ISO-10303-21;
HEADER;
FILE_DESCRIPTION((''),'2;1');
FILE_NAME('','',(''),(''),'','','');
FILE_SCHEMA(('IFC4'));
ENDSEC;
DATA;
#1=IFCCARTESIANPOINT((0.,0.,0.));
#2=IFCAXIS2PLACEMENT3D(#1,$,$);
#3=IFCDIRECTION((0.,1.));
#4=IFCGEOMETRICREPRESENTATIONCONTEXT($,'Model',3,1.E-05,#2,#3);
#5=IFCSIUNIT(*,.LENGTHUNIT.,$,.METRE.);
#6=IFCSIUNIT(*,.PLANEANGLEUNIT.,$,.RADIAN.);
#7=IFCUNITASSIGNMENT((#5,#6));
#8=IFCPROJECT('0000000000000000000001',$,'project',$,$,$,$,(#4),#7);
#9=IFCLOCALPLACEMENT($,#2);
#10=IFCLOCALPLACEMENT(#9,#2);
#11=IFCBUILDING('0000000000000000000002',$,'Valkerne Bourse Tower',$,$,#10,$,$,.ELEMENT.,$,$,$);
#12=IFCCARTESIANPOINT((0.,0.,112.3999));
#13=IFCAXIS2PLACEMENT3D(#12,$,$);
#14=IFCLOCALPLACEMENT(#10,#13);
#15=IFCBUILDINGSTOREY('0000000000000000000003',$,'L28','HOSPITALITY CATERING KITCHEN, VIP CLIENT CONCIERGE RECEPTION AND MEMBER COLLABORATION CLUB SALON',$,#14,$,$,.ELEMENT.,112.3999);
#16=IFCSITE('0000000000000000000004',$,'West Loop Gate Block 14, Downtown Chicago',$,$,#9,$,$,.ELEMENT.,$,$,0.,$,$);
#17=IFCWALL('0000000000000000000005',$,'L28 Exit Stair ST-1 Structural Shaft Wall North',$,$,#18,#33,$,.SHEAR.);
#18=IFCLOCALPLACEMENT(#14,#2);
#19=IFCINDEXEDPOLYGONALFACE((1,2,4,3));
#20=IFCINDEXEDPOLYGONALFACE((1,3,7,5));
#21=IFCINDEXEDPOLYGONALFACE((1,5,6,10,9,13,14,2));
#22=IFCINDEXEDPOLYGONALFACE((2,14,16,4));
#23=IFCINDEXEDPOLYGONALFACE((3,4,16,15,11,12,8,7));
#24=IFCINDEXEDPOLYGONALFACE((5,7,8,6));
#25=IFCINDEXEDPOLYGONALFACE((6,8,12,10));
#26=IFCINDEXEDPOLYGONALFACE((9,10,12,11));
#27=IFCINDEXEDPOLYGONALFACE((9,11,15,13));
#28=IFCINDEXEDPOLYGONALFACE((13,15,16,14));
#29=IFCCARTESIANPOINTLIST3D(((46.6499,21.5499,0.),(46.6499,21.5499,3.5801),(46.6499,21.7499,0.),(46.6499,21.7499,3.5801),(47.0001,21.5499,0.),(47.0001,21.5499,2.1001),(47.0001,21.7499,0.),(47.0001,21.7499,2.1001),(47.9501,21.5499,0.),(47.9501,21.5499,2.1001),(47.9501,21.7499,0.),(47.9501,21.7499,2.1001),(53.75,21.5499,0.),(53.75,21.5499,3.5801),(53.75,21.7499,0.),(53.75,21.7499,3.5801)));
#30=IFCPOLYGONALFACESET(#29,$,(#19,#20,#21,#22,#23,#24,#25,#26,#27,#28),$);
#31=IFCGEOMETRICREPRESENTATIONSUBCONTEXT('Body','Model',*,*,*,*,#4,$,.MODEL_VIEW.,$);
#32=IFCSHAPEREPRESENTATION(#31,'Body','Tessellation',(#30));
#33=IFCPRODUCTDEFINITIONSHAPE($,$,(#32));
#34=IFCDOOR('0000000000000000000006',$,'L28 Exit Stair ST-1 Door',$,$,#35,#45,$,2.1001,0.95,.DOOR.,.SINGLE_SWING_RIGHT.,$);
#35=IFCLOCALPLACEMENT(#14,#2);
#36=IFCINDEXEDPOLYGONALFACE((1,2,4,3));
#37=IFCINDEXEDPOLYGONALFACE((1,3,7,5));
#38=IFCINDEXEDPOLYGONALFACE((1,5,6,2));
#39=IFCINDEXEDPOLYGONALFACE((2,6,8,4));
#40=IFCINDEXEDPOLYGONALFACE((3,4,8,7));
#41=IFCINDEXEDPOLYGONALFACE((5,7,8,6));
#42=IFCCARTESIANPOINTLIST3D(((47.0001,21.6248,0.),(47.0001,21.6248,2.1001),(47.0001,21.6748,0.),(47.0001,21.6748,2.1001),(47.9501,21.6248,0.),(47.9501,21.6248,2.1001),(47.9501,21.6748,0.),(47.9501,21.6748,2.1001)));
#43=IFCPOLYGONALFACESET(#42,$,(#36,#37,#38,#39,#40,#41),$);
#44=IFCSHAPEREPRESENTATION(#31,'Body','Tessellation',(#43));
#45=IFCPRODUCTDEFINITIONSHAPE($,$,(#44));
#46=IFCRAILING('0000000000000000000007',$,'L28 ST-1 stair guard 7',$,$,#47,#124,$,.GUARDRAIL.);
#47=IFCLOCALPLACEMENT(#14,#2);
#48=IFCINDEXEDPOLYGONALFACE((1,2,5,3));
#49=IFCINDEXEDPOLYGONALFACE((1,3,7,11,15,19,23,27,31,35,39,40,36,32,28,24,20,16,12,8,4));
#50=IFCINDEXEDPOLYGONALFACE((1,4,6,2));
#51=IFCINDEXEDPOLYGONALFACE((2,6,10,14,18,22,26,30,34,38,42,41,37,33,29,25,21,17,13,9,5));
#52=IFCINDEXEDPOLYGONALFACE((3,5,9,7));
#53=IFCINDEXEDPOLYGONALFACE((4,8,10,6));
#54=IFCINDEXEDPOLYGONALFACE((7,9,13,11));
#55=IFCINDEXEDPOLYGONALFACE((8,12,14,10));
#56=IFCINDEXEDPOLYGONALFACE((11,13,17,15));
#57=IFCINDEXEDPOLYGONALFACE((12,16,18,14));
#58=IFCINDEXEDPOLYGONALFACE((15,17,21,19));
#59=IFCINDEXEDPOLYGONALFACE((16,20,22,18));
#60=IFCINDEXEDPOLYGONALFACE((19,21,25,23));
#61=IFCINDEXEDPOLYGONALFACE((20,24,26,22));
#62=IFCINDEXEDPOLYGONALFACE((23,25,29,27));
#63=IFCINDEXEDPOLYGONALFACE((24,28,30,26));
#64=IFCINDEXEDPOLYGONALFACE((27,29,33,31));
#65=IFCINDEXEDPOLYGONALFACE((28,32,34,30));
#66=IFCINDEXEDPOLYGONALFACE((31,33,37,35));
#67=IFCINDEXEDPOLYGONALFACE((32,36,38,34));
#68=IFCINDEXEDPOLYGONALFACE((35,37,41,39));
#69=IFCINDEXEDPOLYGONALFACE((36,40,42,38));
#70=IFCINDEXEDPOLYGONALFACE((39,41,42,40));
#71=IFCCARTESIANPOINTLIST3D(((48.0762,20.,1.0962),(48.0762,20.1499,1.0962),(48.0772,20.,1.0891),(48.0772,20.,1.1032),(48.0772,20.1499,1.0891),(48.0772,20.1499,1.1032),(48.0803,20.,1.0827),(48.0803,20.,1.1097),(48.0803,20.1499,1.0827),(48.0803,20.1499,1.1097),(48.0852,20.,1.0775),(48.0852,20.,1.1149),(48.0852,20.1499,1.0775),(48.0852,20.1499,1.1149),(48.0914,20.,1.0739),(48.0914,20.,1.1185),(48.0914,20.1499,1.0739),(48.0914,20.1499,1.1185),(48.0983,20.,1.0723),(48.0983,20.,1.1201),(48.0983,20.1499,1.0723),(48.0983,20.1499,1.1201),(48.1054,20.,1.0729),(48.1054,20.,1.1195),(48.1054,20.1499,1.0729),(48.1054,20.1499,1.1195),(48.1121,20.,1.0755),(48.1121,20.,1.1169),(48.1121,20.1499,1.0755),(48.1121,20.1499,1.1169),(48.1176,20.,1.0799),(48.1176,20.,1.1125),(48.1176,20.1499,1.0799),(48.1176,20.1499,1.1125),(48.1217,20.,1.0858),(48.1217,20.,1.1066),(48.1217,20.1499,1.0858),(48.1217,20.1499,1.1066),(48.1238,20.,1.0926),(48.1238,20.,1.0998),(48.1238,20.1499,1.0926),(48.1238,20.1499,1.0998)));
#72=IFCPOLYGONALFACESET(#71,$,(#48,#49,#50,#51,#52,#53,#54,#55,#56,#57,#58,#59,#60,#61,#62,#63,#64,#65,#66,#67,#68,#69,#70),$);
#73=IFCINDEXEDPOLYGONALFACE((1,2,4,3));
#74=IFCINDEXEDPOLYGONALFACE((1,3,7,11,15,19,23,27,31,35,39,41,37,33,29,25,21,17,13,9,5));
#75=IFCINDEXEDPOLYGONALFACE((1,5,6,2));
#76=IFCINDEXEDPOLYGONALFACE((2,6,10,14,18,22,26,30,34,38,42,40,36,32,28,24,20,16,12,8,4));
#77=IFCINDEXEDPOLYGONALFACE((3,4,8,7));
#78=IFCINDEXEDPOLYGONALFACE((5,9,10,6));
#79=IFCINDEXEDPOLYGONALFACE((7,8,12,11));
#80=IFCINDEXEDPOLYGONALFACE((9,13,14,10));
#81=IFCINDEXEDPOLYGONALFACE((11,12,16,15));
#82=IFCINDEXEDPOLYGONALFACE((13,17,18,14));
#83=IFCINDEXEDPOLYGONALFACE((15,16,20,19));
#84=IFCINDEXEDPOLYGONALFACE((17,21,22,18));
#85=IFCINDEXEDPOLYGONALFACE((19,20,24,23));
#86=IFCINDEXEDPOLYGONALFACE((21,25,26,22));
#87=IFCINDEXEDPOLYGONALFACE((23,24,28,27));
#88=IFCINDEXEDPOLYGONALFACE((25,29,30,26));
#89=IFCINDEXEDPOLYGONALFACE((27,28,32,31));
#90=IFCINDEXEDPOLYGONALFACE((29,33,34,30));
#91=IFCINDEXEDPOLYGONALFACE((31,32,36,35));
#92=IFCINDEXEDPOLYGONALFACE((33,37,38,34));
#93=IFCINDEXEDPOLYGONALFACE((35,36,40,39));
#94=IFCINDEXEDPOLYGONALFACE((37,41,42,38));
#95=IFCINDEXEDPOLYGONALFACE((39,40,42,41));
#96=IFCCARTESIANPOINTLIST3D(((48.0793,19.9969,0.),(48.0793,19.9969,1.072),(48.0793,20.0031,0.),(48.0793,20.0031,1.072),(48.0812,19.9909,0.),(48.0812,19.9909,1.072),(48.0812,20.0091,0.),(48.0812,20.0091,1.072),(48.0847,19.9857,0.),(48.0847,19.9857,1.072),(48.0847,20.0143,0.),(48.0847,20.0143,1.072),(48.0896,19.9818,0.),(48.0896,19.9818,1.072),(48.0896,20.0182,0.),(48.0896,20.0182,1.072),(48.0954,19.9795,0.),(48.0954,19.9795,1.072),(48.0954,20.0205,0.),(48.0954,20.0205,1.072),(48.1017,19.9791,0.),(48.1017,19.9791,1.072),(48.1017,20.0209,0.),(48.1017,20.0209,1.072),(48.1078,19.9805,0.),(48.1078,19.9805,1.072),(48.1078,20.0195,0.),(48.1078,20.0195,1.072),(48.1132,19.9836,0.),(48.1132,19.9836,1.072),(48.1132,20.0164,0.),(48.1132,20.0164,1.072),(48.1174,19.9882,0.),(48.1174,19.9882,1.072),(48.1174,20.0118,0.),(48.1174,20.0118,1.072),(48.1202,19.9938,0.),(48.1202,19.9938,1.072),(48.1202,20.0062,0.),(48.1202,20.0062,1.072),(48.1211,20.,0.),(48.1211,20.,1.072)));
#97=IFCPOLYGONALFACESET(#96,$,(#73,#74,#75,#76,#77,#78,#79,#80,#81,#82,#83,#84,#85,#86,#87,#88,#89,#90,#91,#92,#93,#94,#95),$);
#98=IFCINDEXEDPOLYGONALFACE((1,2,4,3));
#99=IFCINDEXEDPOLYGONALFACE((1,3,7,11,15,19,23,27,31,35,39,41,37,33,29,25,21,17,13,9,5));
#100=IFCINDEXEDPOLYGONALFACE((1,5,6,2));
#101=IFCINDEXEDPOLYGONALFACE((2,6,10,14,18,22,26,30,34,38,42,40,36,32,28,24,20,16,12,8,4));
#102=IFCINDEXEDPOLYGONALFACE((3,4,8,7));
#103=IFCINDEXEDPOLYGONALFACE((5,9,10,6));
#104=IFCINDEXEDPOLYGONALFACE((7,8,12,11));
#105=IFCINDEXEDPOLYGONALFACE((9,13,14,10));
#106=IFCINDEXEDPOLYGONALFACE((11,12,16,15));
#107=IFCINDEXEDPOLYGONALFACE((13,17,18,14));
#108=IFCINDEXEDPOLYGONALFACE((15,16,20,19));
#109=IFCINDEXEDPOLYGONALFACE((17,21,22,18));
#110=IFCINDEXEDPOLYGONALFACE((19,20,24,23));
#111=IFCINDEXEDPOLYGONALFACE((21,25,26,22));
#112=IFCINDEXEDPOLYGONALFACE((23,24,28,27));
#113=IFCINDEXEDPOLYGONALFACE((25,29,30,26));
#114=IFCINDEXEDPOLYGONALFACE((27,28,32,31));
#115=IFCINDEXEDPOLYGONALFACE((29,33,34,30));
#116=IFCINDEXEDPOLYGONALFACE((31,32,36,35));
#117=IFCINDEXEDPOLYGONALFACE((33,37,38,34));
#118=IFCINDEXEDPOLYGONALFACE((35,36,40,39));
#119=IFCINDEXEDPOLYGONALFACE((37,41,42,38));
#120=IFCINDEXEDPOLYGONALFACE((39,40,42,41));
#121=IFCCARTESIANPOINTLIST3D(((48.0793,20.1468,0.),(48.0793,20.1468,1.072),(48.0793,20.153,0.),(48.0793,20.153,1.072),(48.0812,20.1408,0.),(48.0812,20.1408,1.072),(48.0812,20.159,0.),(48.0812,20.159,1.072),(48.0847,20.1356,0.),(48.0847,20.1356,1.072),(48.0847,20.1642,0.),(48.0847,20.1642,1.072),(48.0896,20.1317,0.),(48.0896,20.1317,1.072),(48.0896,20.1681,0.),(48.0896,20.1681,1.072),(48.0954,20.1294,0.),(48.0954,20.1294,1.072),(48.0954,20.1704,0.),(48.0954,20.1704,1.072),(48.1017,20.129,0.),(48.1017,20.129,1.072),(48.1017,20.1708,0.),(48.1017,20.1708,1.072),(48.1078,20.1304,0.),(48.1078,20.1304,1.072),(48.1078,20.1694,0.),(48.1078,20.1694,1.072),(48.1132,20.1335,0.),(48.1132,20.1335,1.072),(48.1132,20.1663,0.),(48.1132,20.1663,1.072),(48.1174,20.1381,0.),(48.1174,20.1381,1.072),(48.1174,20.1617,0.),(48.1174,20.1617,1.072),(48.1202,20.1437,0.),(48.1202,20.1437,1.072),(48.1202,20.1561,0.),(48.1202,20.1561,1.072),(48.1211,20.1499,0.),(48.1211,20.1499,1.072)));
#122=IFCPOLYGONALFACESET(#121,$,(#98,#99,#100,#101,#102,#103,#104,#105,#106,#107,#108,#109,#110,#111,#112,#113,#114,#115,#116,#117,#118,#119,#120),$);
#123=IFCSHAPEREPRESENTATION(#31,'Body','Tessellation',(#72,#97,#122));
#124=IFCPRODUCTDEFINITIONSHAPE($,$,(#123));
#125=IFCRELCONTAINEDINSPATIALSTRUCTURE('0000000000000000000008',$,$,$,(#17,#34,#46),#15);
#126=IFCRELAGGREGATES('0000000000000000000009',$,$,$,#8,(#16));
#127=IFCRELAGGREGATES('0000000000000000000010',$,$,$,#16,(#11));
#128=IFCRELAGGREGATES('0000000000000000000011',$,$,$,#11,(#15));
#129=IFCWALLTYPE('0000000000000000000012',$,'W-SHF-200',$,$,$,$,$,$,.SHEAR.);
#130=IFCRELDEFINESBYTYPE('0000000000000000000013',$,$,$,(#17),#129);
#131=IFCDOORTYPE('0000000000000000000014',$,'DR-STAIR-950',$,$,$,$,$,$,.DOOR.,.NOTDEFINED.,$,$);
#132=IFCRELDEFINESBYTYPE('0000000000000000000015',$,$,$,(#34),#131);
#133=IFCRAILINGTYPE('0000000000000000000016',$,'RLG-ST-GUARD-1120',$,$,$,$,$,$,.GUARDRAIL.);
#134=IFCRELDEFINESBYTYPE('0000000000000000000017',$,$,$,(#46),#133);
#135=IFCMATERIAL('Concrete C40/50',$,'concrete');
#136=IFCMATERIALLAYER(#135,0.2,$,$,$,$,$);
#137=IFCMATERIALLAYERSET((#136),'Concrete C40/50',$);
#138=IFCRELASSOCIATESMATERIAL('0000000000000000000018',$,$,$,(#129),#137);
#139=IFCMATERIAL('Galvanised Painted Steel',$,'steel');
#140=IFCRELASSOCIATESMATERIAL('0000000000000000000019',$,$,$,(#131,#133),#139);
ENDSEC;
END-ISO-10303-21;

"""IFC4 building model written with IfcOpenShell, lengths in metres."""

from ifc_helpers import new_model, si_unit, direction, frame, frame_2d, origin, origin_2d, place, context, subcontext, project, spatial, rectangle, circle, extrude, material, layer, layer_set, type_object, element, fill, save


model = new_model("IFC4")

# Units and contexts
model_context = context("Model", 3, precision=1e-05, world=origin(), true_north=direction((0.0, 1.0)))
body_context = subcontext(model_context, "Body", "Model", "MODEL_VIEW")
ifc_project = project(units=[si_unit("LENGTHUNIT", "METRE"), si_unit("PLANEANGLEUNIT", "RADIAN")], contexts=[model_context])

# Site, building, storey
site_placement = place(None, origin())
site = spatial("IfcSite", under=ifc_project, at=site_placement, Name="West Loop Gate Block 14, Downtown Chicago", CompositionType="ELEMENT", RefElevation=0.0)
building_placement = place(site_placement, origin())
building = spatial("IfcBuilding", under=site, at=building_placement, Name="Valkerne Bourse Tower", CompositionType="ELEMENT")
storey_placement = place(building_placement, frame((0.0, 0.0, 112.3999)))
storey = spatial("IfcBuildingStorey", under=building, at=storey_placement, Name="L28", Description="HOSPITALITY CATERING KITCHEN, VIP CLIENT CONCIERGE RECEPTION AND MEMBER COLLABORATION CLUB SALON", CompositionType="ELEMENT", Elevation=112.3999)

# Shared definitions
ifc_material_1 = material(Name="Galvanised Painted Steel", Category="steel")

# Wall, opening, door
ifc_material_2 = material(Name="Concrete C40/50", Category="concrete")
ifc_layer_1 = layer(ifc_material_2, 0.2)
ifc_layer_set_1 = layer_set([ifc_layer_1], Name="Concrete C40/50")
wall_type_1 = type_object("IfcWallType", Name="W-SHF-200", PredefinedType="SHEAR", material=ifc_layer_set_1)
wall_1_placement = place(storey_placement, frame((46.6499, 21.6499, 0.0), z_axis=(0.0, 0.0, 1.0), x_axis=(1.0, 0.0, 0.0)))
wall_1 = element("IfcWall", 1, at=wall_1_placement, inside=storey, type_object=wall_type_1, Name="L28 Exit Stair ST-1 Structural Shaft Wall North", PredefinedType="SHEAR", context=body_context, shape_type="SweptSolid", body=[
    extrude(rectangle(XDim=7.1001, YDim=0.2, at=frame_2d((3.55, 0.0))), origin(), (0.0, 0.0, 1.0), 3.5801),
])
opening_1_placement = place(wall_1_placement, frame((0.3501, 0.0, 0.0)))
opening_1 = element("IfcOpeningElement", 2, at=opening_1_placement, cuts=wall_1, PredefinedType="OPENING", context=body_context, shape_type="SweptSolid", body=[
    extrude(rectangle(XDim=0.95, YDim=2.1001, at=frame_2d((0.4751, 1.05))), frame((0.0, 0.1099, 0.0), z_axis=(0.0, -1.0, 0.0), x_axis=(1.0, 0.0, 0.0)), (0.0, 0.0, 1.0), 0.22),
])
door_type_1 = type_object("IfcDoorType", Name="DR-STAIR-950", OperationType="NOTDEFINED", PredefinedType="DOOR", material=ifc_material_1)
door_1_placement = place(opening_1_placement, origin())
door_1 = element("IfcDoor", 3, at=door_1_placement, inside=storey, type_object=door_type_1, Name="L28 Exit Stair ST-1 Door", OperationType="SINGLE_SWING_RIGHT", OverallHeight=2.1001, OverallWidth=0.95, PredefinedType="DOOR", context=body_context, shape_type="SweptSolid", body=[
    extrude(rectangle(XDim=0.95, YDim=2.1001, at=frame_2d((0.4751, 1.05))), frame((0.0, 0.0249, 0.0), z_axis=(0.0, -1.0, 0.0), x_axis=(1.0, 0.0, 0.0)), (0.0, 0.0, 1.0), 0.05),
])
fill(opening_1, door_1)

# Railing
railing_type_1 = type_object("IfcRailingType", Name="RLG-ST-GUARD-1120", PredefinedType="GUARDRAIL", material=ifc_material_1)
railing_1_placement = place(storey_placement, frame((48.1001, 20.0, 0.0)))
element("IfcRailing", 4, at=railing_1_placement, inside=storey, type_object=railing_type_1, Name="L28 ST-1 stair guard 7", PredefinedType="GUARDRAIL", context=body_context, shape_type="SweptSolid", body=[
    extrude(circle(Radius=0.0239, at=origin_2d()), frame((0.0, 0.0, 1.0962), z_axis=(0.0, 1.0, 0.0), x_axis=(-1.0, 0.0, 0.0)), (0.0, 0.0, 1.0), 0.1499),
    extrude(circle(Radius=0.021, at=origin_2d()), origin(), (0.0, 0.0, 1.0), 1.072),
    extrude(circle(Radius=0.021, at=origin_2d()), frame((0.0, 0.1499, 0.0)), (0.0, 0.0, 1.0), 1.072),
])

save(model, "model.ifc")
